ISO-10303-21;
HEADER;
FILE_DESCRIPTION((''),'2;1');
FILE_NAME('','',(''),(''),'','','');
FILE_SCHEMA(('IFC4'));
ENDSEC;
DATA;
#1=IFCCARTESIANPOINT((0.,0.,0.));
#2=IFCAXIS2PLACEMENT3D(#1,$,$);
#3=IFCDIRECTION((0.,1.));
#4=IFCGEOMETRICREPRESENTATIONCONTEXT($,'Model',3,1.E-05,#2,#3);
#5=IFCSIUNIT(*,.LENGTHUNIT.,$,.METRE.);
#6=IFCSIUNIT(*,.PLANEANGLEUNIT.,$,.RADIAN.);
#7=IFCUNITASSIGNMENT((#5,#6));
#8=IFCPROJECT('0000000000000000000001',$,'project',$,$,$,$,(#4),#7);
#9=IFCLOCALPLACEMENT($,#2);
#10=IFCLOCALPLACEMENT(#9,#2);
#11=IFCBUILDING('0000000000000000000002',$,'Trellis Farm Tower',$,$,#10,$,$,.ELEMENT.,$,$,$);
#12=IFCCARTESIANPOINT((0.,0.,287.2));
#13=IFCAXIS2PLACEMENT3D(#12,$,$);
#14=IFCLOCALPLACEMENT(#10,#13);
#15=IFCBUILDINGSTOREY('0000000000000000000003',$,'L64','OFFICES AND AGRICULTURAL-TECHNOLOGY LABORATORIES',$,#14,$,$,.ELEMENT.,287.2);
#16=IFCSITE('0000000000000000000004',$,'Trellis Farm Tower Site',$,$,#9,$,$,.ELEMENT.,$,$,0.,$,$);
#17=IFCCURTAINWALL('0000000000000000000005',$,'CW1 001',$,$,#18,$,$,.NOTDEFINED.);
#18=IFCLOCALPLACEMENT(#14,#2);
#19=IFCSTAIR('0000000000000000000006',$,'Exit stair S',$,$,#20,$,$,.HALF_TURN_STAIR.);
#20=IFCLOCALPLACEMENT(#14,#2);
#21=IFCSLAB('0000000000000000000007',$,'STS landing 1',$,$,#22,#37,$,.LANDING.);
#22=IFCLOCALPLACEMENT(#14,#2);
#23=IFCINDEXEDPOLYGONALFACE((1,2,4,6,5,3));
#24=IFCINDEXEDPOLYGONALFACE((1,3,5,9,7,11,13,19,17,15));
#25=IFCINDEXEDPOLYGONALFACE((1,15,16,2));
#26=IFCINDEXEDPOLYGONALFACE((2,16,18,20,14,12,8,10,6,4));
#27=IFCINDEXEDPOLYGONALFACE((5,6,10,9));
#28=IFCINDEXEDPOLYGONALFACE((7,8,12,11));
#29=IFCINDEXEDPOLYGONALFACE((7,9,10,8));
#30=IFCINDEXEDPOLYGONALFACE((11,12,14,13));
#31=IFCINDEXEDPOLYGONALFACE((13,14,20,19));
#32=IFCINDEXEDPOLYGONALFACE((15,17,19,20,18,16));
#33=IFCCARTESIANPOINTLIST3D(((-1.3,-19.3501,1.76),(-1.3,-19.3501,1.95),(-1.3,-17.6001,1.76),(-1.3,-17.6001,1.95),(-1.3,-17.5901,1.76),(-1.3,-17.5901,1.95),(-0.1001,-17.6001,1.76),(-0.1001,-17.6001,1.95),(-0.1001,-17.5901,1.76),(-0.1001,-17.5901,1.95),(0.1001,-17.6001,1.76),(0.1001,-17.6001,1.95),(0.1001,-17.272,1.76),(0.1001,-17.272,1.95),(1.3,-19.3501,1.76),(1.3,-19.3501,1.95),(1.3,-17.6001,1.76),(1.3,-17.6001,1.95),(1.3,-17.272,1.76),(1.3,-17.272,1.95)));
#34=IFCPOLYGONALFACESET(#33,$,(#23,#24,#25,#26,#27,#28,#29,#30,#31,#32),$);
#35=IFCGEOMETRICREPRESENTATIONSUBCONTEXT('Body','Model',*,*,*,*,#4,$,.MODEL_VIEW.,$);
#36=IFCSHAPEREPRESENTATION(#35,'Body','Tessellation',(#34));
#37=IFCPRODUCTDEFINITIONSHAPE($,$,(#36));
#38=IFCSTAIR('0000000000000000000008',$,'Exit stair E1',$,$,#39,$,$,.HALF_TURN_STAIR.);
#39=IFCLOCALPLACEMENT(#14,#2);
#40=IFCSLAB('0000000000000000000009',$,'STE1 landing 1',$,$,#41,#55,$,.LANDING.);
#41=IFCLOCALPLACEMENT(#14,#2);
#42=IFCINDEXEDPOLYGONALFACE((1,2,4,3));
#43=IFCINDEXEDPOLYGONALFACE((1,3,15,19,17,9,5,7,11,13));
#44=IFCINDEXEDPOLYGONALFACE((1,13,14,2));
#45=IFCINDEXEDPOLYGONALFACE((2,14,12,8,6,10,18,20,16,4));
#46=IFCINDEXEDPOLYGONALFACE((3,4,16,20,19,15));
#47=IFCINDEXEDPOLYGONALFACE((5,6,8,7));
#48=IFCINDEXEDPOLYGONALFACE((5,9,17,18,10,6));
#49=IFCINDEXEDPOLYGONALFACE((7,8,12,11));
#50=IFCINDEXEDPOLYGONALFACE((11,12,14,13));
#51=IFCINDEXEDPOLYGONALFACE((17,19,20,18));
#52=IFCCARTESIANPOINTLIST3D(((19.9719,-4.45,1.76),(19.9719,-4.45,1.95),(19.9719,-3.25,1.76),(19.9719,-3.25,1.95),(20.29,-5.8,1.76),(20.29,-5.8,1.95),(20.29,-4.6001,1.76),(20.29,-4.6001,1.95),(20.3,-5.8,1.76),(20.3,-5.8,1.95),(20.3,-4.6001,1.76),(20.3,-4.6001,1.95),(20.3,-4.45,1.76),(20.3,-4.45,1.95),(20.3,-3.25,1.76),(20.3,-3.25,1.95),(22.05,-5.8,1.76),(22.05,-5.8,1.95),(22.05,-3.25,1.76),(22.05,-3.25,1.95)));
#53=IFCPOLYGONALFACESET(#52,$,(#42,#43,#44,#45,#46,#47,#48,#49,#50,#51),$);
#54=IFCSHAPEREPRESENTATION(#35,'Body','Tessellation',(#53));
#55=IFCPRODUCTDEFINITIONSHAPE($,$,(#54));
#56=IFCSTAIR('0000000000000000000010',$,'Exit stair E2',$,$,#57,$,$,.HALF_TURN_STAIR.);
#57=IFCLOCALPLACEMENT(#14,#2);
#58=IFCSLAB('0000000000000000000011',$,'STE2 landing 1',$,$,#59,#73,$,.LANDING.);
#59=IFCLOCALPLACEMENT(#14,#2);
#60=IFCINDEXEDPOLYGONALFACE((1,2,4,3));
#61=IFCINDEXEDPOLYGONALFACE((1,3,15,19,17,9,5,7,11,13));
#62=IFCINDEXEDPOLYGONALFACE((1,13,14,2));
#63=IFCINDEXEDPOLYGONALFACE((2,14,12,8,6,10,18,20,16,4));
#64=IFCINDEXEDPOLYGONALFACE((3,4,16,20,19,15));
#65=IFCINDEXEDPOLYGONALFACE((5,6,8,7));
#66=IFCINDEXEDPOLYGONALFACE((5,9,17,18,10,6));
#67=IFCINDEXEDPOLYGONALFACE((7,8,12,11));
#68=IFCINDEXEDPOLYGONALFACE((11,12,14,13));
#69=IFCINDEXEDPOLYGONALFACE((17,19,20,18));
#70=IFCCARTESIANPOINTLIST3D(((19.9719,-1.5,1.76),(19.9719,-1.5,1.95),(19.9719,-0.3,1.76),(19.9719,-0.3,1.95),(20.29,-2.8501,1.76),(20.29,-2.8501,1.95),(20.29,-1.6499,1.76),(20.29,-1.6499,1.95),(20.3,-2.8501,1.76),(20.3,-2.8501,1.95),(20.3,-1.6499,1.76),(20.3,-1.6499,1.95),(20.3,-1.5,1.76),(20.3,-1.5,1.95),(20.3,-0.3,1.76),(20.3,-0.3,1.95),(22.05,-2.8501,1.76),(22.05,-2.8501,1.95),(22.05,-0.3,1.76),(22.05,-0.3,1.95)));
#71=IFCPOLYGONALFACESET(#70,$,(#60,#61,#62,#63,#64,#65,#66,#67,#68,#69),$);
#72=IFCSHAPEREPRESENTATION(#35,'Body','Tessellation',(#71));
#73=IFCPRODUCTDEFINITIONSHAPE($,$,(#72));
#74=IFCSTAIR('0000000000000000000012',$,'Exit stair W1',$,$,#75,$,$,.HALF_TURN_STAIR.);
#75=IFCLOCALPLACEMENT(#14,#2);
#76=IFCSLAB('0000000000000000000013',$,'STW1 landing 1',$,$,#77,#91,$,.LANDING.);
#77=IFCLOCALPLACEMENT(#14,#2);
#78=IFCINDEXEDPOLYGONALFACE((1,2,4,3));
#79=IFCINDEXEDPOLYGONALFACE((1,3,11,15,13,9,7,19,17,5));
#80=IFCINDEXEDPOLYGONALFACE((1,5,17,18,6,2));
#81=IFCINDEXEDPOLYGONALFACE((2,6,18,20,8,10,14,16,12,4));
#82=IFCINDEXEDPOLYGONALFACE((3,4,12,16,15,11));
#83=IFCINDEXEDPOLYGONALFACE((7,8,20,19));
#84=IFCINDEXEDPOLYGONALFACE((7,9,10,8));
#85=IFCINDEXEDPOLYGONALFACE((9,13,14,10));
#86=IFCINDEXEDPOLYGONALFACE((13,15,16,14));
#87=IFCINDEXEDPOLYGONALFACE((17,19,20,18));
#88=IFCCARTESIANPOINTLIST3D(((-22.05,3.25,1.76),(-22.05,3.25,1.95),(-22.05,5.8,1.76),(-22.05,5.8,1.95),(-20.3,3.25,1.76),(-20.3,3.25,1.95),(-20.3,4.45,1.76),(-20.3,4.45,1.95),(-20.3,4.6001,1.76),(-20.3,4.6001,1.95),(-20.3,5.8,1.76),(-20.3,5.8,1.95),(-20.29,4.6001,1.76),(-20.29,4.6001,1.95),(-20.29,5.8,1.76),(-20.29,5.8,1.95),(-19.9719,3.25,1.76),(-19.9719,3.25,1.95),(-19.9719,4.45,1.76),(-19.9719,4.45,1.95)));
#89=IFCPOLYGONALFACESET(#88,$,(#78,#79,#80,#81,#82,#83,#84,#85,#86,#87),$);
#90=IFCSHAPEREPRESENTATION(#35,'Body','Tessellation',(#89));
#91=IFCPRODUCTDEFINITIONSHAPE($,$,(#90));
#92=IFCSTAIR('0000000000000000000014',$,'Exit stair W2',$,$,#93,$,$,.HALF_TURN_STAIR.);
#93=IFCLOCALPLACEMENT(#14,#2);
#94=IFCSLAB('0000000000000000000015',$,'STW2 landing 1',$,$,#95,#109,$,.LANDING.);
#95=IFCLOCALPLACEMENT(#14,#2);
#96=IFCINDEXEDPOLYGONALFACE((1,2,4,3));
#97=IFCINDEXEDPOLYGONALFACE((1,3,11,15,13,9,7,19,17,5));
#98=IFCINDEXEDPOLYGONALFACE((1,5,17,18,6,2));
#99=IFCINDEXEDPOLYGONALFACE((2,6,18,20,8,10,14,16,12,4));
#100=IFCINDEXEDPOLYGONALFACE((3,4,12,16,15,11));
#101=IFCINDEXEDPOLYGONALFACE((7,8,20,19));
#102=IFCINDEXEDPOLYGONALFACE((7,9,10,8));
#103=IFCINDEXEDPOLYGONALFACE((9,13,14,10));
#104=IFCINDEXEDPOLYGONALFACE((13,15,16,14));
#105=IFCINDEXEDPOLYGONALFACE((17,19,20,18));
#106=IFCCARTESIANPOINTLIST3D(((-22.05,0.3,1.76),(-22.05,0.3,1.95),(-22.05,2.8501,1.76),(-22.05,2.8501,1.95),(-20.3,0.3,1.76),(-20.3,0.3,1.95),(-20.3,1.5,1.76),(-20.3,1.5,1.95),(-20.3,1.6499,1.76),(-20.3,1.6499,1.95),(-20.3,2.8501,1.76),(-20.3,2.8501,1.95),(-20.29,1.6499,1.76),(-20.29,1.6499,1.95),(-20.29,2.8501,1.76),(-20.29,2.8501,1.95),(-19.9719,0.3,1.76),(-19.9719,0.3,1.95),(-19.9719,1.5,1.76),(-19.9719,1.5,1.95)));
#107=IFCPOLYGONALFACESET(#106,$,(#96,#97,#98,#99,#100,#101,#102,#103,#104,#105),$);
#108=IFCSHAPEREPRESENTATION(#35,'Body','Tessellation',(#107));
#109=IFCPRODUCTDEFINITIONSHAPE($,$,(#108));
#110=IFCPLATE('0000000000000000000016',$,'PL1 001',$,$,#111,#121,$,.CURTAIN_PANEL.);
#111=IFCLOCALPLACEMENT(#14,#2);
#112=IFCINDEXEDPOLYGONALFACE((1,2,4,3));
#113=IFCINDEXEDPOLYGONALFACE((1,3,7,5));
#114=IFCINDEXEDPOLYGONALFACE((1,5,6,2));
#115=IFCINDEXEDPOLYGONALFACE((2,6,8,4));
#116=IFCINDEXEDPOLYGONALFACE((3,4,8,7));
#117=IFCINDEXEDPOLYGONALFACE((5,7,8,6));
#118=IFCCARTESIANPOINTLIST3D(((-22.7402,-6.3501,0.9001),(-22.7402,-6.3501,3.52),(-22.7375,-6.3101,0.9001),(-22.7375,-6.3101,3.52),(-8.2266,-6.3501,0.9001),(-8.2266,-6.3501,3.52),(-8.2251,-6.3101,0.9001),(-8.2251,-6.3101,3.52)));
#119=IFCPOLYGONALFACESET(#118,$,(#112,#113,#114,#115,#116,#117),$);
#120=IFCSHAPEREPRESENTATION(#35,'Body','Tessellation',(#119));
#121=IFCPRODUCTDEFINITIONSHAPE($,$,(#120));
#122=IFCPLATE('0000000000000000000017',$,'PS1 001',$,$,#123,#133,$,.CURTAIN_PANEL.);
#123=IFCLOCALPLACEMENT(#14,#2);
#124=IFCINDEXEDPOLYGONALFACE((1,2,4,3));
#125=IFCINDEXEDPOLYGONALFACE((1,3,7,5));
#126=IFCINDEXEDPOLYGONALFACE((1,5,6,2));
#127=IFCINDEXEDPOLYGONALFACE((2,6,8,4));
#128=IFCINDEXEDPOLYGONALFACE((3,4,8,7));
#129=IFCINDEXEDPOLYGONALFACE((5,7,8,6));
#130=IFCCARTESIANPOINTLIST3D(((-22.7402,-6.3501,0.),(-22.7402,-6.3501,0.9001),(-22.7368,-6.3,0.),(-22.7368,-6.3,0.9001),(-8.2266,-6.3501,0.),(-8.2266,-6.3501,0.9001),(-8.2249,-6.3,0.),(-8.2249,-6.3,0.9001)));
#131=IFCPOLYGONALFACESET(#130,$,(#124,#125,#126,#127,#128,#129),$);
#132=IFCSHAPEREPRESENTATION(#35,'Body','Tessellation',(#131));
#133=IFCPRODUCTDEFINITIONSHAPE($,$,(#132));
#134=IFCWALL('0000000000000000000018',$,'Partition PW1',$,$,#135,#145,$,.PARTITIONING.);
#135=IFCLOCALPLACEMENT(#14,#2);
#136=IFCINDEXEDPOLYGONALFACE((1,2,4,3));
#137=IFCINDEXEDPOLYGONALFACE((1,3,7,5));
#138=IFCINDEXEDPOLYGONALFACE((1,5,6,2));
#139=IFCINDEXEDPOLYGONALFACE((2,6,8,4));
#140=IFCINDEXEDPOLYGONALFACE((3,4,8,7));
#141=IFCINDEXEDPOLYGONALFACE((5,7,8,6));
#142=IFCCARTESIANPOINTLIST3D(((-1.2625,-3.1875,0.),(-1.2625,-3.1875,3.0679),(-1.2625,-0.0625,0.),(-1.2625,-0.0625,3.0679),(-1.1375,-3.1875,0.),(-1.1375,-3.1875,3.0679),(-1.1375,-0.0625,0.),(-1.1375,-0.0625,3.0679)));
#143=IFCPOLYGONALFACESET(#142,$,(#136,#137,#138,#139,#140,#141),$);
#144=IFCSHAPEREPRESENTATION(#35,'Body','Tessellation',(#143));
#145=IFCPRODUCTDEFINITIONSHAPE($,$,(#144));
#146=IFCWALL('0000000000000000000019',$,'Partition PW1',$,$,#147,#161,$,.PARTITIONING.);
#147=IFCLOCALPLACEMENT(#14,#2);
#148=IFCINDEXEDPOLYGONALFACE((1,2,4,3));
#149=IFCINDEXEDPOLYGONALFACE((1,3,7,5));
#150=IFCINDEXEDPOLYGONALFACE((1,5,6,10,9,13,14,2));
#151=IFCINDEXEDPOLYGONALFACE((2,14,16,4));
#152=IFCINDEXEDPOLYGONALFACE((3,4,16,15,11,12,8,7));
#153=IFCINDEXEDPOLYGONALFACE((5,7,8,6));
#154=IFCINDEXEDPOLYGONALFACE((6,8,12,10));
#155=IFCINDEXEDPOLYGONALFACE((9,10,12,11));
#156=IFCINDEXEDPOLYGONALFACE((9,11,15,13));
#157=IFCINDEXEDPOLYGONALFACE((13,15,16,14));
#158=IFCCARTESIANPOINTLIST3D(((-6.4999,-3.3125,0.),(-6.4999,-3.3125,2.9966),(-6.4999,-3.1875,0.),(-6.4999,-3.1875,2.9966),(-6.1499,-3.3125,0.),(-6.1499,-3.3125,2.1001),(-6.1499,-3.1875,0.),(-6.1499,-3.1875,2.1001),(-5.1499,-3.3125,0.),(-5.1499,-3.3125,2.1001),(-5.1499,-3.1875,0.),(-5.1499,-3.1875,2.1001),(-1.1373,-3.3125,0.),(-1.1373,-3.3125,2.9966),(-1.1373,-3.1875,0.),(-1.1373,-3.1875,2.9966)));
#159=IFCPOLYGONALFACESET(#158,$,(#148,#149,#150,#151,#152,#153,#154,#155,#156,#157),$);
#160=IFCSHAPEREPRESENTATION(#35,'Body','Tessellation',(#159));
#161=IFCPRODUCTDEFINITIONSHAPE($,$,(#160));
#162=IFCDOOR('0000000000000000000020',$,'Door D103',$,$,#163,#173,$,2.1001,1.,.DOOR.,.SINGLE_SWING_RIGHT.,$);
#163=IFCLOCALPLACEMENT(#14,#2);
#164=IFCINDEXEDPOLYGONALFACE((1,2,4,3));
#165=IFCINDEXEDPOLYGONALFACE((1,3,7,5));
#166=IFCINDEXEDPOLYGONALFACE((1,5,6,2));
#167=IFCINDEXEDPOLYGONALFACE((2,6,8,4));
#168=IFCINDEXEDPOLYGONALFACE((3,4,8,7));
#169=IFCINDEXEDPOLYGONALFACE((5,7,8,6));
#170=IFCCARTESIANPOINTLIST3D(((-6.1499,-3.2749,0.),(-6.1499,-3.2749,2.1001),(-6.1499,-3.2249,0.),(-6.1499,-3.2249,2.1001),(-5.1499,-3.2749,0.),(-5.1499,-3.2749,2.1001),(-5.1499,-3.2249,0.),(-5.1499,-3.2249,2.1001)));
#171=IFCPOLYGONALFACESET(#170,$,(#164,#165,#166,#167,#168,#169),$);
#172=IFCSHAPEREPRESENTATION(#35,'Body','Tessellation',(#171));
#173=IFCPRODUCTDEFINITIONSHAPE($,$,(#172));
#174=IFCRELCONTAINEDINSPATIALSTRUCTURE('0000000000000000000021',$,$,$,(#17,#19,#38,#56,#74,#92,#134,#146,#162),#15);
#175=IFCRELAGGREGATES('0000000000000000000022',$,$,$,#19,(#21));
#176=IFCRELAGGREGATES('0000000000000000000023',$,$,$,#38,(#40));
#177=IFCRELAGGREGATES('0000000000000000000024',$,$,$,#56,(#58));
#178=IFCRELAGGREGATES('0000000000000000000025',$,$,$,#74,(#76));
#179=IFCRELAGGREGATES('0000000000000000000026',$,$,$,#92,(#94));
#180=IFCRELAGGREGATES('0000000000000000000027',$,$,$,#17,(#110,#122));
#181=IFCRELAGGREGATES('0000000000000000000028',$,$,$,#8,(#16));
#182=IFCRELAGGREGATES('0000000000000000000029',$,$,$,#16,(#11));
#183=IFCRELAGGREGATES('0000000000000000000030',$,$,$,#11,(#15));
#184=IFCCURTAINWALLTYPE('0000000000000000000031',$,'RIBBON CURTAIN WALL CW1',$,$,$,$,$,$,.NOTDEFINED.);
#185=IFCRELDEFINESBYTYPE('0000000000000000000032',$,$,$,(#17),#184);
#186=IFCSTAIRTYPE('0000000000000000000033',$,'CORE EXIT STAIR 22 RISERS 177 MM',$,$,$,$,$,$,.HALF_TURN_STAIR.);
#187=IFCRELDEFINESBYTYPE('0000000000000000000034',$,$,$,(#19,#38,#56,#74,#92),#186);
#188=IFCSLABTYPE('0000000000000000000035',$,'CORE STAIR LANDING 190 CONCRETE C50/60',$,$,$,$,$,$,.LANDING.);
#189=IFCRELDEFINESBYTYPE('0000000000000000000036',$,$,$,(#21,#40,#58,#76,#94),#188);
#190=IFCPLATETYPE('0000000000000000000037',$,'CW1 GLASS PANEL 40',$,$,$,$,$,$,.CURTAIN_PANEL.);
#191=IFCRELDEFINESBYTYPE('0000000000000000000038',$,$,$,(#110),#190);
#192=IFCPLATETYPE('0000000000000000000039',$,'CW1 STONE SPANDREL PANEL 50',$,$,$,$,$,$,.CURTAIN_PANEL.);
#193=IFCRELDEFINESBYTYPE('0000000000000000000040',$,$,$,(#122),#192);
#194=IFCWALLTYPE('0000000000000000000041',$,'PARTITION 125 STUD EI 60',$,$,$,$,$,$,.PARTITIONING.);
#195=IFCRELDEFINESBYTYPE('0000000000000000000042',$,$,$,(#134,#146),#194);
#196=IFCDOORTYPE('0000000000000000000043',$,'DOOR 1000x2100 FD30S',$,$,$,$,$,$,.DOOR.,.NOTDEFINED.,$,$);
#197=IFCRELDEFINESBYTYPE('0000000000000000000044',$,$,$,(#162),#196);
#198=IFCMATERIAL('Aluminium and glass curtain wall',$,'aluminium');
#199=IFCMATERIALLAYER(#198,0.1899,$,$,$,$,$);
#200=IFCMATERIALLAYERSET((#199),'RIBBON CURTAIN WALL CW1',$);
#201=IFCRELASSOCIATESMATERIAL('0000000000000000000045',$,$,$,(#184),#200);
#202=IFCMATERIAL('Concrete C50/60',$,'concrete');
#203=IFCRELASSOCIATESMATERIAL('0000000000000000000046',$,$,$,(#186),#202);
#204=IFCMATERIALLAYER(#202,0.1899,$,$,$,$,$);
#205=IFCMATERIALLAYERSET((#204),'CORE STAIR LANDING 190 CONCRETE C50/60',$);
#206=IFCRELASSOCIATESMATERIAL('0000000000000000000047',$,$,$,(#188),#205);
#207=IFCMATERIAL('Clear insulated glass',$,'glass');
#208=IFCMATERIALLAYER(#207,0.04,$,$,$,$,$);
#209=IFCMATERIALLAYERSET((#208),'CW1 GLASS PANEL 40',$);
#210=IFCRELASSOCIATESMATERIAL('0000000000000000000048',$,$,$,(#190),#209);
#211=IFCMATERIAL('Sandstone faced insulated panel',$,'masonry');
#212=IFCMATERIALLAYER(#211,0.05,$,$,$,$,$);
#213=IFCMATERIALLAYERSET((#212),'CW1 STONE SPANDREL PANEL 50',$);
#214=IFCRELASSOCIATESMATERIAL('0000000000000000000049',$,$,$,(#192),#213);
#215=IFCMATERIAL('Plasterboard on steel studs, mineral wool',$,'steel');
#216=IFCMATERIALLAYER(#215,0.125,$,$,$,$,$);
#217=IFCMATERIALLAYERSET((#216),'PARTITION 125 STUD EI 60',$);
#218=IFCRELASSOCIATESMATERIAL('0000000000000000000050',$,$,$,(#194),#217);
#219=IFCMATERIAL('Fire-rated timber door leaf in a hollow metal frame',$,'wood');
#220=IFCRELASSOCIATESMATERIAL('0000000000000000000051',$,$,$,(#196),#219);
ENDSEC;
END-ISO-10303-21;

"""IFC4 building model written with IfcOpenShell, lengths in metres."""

from ifc_helpers import new_model, si_unit, direction, frame, frame_2d, origin, place, context, subcontext, project, spatial, polyline, rectangle, outline, extrude, source, transform, mapped, material, layer, layer_set, type_object, element, fill, aggregate, save


model = new_model("IFC4")

# Units and contexts
model_context = context("Model", 3, precision=1e-05, world=origin(), true_north=direction((0.0, 1.0)))
body_context = subcontext(model_context, "Body", "Model", "MODEL_VIEW")
ifc_project = project(units=[si_unit("LENGTHUNIT", "METRE"), si_unit("PLANEANGLEUNIT", "RADIAN")], contexts=[model_context])

# Site, building, storey
site_placement = place(None, origin())
site = spatial("IfcSite", under=ifc_project, at=site_placement, Name="Trellis Farm Tower Site", CompositionType="ELEMENT", RefElevation=0.0)
building_placement = place(site_placement, origin())
building = spatial("IfcBuilding", under=site, at=building_placement, Name="Trellis Farm Tower", CompositionType="ELEMENT")
storey_placement = place(building_placement, frame((0.0, 0.0, 287.2)))
storey = spatial("IfcBuildingStorey", under=building, at=storey_placement, Name="L64", Description="OFFICES AND AGRICULTURAL-TECHNOLOGY LABORATORIES", CompositionType="ELEMENT", Elevation=287.2)

# Curtain wall
ifc_material_1 = material(Name="Aluminium and glass curtain wall", Category="aluminium")
ifc_layer_1 = layer(ifc_material_1, 0.1899)
ifc_layer_set_1 = layer_set([ifc_layer_1], Name="RIBBON CURTAIN WALL CW1")
curtain_wall_type = type_object("IfcCurtainWallType", Name="RIBBON CURTAIN WALL CW1", PredefinedType="NOTDEFINED", material=ifc_layer_set_1)
placement_1 = place(storey_placement, origin())
curtain_wall = element("IfcCurtainWall", 1, at=placement_1, inside=storey, type_object=curtain_wall_type, Name="CW1 001", PredefinedType="NOTDEFINED")

# Stairs, slabs
ifc_material_2 = material(Name="Concrete C50/60", Category="concrete")
stair_type = type_object("IfcStairType", Name="CORE EXIT STAIR 22 RISERS 177 MM", PredefinedType="HALF_TURN_STAIR", material=ifc_material_2)
ifc_layer_2 = layer(ifc_material_2, 0.1899)
ifc_layer_set_2 = layer_set([ifc_layer_2], Name="CORE STAIR LANDING 190 CONCRETE C50/60")
slab_type_1 = type_object("IfcSlabType", Name="CORE STAIR LANDING 190 CONCRETE C50/60", PredefinedType="LANDING", material=ifc_layer_set_2)
placement_2 = place(storey_placement, frame((0.0, 0.0, 1.76)))
stair_1 = element("IfcStair", 2, at=placement_1, inside=storey, type_object=stair_type, Name="Exit stair S", PredefinedType="HALF_TURN_STAIR")
shared_shape_1 = source(origin(), body_context, "Body", "SweptSolid", [
    extrude(outline(polyline([(1.3, -19.3501), (-1.3, -19.3501), (-1.3, -17.6001), (-1.3, -17.5901), (-0.1001, -17.5901), (-0.1001, -17.6001), (0.1001, -17.6001), (0.1001, -17.272), (1.3, -17.272), (1.3, -17.6001), (1.3, -19.3501)])), origin(), (0.0, 0.0, 1.0), 0.1899),
])
slab_1 = element("IfcSlab", 3, at=placement_2, type_object=slab_type_1, Name="STS landing 1", PredefinedType="LANDING", context=body_context, shape_type="MappedRepresentation", body=[
    mapped(shared_shape_1, transform((0.0, 0.0, 0.0))),
])
aggregate(stair_1, [slab_1])
stair_2 = element("IfcStair", 4, at=placement_1, inside=storey, type_object=stair_type, Name="Exit stair E1", PredefinedType="HALF_TURN_STAIR")
shared_shape_2 = source(origin(), body_context, "Body", "SweptSolid", [
    extrude(outline(polyline([(20.29, -5.8), (20.29, -4.6001), (20.3, -4.6001), (20.3, -4.45), (19.9719, -4.45), (19.9719, -3.25), (20.3, -3.25), (22.05, -3.25), (22.05, -5.8), (20.3, -5.8), (20.29, -5.8)])), origin(), (0.0, 0.0, 1.0), 0.1899),
])
slab_2 = element("IfcSlab", 5, at=placement_2, type_object=slab_type_1, Name="STE1 landing 1", PredefinedType="LANDING", context=body_context, shape_type="MappedRepresentation", body=[
    mapped(shared_shape_2, transform((0.0, 0.0, 0.0))),
])
aggregate(stair_2, [slab_2])
stair_3 = element("IfcStair", 6, at=placement_1, inside=storey, type_object=stair_type, Name="Exit stair E2", PredefinedType="HALF_TURN_STAIR")
shared_shape_3 = source(origin(), body_context, "Body", "SweptSolid", [
    extrude(outline(polyline([(20.29, -2.8501), (20.29, -1.6499), (20.3, -1.6499), (20.3, -1.5), (19.9719, -1.5), (19.9719, -0.3), (20.3, -0.3), (22.05, -0.3), (22.05, -2.8501), (20.3, -2.8501), (20.29, -2.8501)])), origin(), (0.0, 0.0, 1.0), 0.1899),
])
slab_3 = element("IfcSlab", 7, at=placement_2, type_object=slab_type_1, Name="STE2 landing 1", PredefinedType="LANDING", context=body_context, shape_type="MappedRepresentation", body=[
    mapped(shared_shape_3, transform((0.0, 0.0, 0.0))),
])
aggregate(stair_3, [slab_3])
stair_4 = element("IfcStair", 8, at=placement_1, inside=storey, type_object=stair_type, Name="Exit stair W1", PredefinedType="HALF_TURN_STAIR")
shared_shape_4 = source(origin(), body_context, "Body", "SweptSolid", [
    extrude(outline(polyline([(-19.9719, 4.45), (-19.9719, 3.25), (-20.3, 3.25), (-22.05, 3.25), (-22.05, 5.8), (-20.3, 5.8), (-20.29, 5.8), (-20.29, 4.6001), (-20.3, 4.6001), (-20.3, 4.45), (-19.9719, 4.45)])), origin(), (0.0, 0.0, 1.0), 0.1899),
])
slab_4 = element("IfcSlab", 9, at=placement_2, type_object=slab_type_1, Name="STW1 landing 1", PredefinedType="LANDING", context=body_context, shape_type="MappedRepresentation", body=[
    mapped(shared_shape_4, transform((0.0, 0.0, 0.0))),
])
aggregate(stair_4, [slab_4])
stair_5 = element("IfcStair", 10, at=placement_1, inside=storey, type_object=stair_type, Name="Exit stair W2", PredefinedType="HALF_TURN_STAIR")
shared_shape_5 = source(origin(), body_context, "Body", "SweptSolid", [
    extrude(outline(polyline([(-19.9719, 1.5), (-19.9719, 0.3), (-20.3, 0.3), (-22.05, 0.3), (-22.05, 2.8501), (-20.3, 2.8501), (-20.29, 2.8501), (-20.29, 1.6499), (-20.3, 1.6499), (-20.3, 1.5), (-19.9719, 1.5)])), origin(), (0.0, 0.0, 1.0), 0.1899),
])
slab_5 = element("IfcSlab", 11, at=placement_2, type_object=slab_type_1, Name="STW2 landing 1", PredefinedType="LANDING", context=body_context, shape_type="MappedRepresentation", body=[
    mapped(shared_shape_5, transform((0.0, 0.0, 0.0))),
])
aggregate(stair_5, [slab_5])

# Plates
ifc_material_3 = material(Name="Clear insulated glass", Category="glass")
ifc_layer_3 = layer(ifc_material_3, 0.04)
ifc_layer_set_3 = layer_set([ifc_layer_3], Name="CW1 GLASS PANEL 40")
plate_type_1 = type_object("IfcPlateType", Name="CW1 GLASS PANEL 40", PredefinedType="CURTAIN_PANEL", material=ifc_layer_set_3)
shared_shape_6 = source(origin(), body_context, "Body", "SweptSolid", [
    extrude(outline(polyline([(-22.7402, -6.3501), (-8.2266, -6.3501), (-8.2251, -6.3101), (-22.7375, -6.3101), (-22.7402, -6.3501)])), origin(), (0.0, 0.0, 1.0), 2.6199),
])
plate_1_placement = place(storey_placement, frame((0.0, 0.0, 0.9001)))
plate_1 = element("IfcPlate", 12, at=plate_1_placement, type_object=plate_type_1, Name="PL1 001", PredefinedType="CURTAIN_PANEL", context=body_context, shape_type="MappedRepresentation", body=[
    mapped(shared_shape_6, transform((0.0, 0.0, 0.0))),
])
ifc_material_4 = material(Name="Sandstone faced insulated panel", Category="masonry")
ifc_layer_4 = layer(ifc_material_4, 0.05)
ifc_layer_set_4 = layer_set([ifc_layer_4], Name="CW1 STONE SPANDREL PANEL 50")
plate_type_2 = type_object("IfcPlateType", Name="CW1 STONE SPANDREL PANEL 50", PredefinedType="CURTAIN_PANEL", material=ifc_layer_set_4)
shared_shape_7 = source(origin(), body_context, "Body", "SweptSolid", [
    extrude(outline(polyline([(-22.7402, -6.3501), (-8.2266, -6.3501), (-8.2249, -6.3), (-22.7368, -6.3), (-22.7402, -6.3501)])), origin(), (0.0, 0.0, 1.0), 0.9001),
])
plate_2 = element("IfcPlate", 13, at=placement_1, type_object=plate_type_2, Name="PS1 001", PredefinedType="CURTAIN_PANEL", context=body_context, shape_type="MappedRepresentation", body=[
    mapped(shared_shape_7, transform((0.0, 0.0, 0.0))),
])
aggregate(curtain_wall, [plate_1, plate_2])

# Wall
ifc_material_5 = material(Name="Plasterboard on steel studs, mineral wool", Category="steel")
ifc_layer_5 = layer(ifc_material_5, 0.125)
ifc_layer_set_5 = layer_set([ifc_layer_5], Name="PARTITION 125 STUD EI 60")
wall_type = type_object("IfcWallType", Name="PARTITION 125 STUD EI 60", PredefinedType="PARTITIONING", material=ifc_layer_set_5)
shared_shape_8 = source(origin(), body_context, "Body", "SweptSolid", [
    extrude(rectangle(XDim=3.125, YDim=0.125, at=frame_2d((1.5625, 0.0))), origin(), (0.0, 0.0, 1.0), 3.0679),
])
wall_1_placement = place(storey_placement, frame((-1.2, -0.0625, 0.0), z_axis=(0.0, 0.0, 1.0), x_axis=(0.0, -1.0, 0.0)))
element("IfcWall", 14, at=wall_1_placement, inside=storey, type_object=wall_type, Name="Partition PW1", PredefinedType="PARTITIONING", context=body_context, shape_type="MappedRepresentation", body=[
    mapped(shared_shape_8, transform((0.0, 0.0, 0.0))),
])

# Wall, opening, door
shared_shape_9 = source(origin(), body_context, "Body", "SweptSolid", [
    extrude(rectangle(XDim=5.3625, YDim=0.125, at=frame_2d((2.6812, 0.0))), origin(), (0.0, 0.0, 1.0), 2.9966),
])
wall_2_placement = place(storey_placement, frame((-1.1375, -3.25, 0.0), z_axis=(0.0, 0.0, 1.0), x_axis=(-1.0, 0.0, 0.0)))
wall_2 = element("IfcWall", 15, at=wall_2_placement, inside=storey, type_object=wall_type, Name="Partition PW1", PredefinedType="PARTITIONING", context=body_context, shape_type="MappedRepresentation", body=[
    mapped(shared_shape_9, transform((0.0, 0.0, 0.0))),
])
shared_shape_10 = source(origin(), body_context, "Body", "SweptSolid", [
    extrude(rectangle(XDim=1.0, YDim=2.1001, at=frame_2d((0.5, 1.05))), frame((0.0, 0.0725, 0.0), z_axis=(0.0, -1.0, 0.0), x_axis=(1.0, 0.0, 0.0)), (0.0, 0.0, 1.0), 0.145),
])
opening_1_placement = place(wall_2_placement, frame((4.0125, 0.0, 0.0)))
opening_1 = element("IfcOpeningElement", 16, at=opening_1_placement, cuts=wall_2, PredefinedType="OPENING", context=body_context, shape_type="MappedRepresentation", body=[
    mapped(shared_shape_10, transform((0.0, 0.0, 0.0))),
])
ifc_material_6 = material(Name="Fire-rated timber door leaf in a hollow metal frame", Category="wood")
door_type = type_object("IfcDoorType", Name="DOOR 1000x2100 FD30S", OperationType="NOTDEFINED", PredefinedType="DOOR", material=ifc_material_6)
shared_shape_11 = source(origin(), body_context, "Body", "SweptSolid", [
    extrude(rectangle(XDim=1.0, YDim=2.1001, at=frame_2d((0.5, 1.05))), frame((0.0, 0.0249, 0.0), z_axis=(0.0, -1.0, 0.0), x_axis=(1.0, 0.0, 0.0)), (0.0, 0.0, 1.0), 0.05),
])
door_1_placement = place(opening_1_placement, origin())
door_1 = element("IfcDoor", 17, at=door_1_placement, inside=storey, type_object=door_type, Name="Door D103", OperationType="SINGLE_SWING_RIGHT", OverallHeight=2.1001, OverallWidth=1.0, PredefinedType="DOOR", context=body_context, shape_type="MappedRepresentation", body=[
    mapped(shared_shape_11, transform((0.0, 0.0, 0.0))),
])
fill(opening_1, door_1)

save(model, "model.ifc")
